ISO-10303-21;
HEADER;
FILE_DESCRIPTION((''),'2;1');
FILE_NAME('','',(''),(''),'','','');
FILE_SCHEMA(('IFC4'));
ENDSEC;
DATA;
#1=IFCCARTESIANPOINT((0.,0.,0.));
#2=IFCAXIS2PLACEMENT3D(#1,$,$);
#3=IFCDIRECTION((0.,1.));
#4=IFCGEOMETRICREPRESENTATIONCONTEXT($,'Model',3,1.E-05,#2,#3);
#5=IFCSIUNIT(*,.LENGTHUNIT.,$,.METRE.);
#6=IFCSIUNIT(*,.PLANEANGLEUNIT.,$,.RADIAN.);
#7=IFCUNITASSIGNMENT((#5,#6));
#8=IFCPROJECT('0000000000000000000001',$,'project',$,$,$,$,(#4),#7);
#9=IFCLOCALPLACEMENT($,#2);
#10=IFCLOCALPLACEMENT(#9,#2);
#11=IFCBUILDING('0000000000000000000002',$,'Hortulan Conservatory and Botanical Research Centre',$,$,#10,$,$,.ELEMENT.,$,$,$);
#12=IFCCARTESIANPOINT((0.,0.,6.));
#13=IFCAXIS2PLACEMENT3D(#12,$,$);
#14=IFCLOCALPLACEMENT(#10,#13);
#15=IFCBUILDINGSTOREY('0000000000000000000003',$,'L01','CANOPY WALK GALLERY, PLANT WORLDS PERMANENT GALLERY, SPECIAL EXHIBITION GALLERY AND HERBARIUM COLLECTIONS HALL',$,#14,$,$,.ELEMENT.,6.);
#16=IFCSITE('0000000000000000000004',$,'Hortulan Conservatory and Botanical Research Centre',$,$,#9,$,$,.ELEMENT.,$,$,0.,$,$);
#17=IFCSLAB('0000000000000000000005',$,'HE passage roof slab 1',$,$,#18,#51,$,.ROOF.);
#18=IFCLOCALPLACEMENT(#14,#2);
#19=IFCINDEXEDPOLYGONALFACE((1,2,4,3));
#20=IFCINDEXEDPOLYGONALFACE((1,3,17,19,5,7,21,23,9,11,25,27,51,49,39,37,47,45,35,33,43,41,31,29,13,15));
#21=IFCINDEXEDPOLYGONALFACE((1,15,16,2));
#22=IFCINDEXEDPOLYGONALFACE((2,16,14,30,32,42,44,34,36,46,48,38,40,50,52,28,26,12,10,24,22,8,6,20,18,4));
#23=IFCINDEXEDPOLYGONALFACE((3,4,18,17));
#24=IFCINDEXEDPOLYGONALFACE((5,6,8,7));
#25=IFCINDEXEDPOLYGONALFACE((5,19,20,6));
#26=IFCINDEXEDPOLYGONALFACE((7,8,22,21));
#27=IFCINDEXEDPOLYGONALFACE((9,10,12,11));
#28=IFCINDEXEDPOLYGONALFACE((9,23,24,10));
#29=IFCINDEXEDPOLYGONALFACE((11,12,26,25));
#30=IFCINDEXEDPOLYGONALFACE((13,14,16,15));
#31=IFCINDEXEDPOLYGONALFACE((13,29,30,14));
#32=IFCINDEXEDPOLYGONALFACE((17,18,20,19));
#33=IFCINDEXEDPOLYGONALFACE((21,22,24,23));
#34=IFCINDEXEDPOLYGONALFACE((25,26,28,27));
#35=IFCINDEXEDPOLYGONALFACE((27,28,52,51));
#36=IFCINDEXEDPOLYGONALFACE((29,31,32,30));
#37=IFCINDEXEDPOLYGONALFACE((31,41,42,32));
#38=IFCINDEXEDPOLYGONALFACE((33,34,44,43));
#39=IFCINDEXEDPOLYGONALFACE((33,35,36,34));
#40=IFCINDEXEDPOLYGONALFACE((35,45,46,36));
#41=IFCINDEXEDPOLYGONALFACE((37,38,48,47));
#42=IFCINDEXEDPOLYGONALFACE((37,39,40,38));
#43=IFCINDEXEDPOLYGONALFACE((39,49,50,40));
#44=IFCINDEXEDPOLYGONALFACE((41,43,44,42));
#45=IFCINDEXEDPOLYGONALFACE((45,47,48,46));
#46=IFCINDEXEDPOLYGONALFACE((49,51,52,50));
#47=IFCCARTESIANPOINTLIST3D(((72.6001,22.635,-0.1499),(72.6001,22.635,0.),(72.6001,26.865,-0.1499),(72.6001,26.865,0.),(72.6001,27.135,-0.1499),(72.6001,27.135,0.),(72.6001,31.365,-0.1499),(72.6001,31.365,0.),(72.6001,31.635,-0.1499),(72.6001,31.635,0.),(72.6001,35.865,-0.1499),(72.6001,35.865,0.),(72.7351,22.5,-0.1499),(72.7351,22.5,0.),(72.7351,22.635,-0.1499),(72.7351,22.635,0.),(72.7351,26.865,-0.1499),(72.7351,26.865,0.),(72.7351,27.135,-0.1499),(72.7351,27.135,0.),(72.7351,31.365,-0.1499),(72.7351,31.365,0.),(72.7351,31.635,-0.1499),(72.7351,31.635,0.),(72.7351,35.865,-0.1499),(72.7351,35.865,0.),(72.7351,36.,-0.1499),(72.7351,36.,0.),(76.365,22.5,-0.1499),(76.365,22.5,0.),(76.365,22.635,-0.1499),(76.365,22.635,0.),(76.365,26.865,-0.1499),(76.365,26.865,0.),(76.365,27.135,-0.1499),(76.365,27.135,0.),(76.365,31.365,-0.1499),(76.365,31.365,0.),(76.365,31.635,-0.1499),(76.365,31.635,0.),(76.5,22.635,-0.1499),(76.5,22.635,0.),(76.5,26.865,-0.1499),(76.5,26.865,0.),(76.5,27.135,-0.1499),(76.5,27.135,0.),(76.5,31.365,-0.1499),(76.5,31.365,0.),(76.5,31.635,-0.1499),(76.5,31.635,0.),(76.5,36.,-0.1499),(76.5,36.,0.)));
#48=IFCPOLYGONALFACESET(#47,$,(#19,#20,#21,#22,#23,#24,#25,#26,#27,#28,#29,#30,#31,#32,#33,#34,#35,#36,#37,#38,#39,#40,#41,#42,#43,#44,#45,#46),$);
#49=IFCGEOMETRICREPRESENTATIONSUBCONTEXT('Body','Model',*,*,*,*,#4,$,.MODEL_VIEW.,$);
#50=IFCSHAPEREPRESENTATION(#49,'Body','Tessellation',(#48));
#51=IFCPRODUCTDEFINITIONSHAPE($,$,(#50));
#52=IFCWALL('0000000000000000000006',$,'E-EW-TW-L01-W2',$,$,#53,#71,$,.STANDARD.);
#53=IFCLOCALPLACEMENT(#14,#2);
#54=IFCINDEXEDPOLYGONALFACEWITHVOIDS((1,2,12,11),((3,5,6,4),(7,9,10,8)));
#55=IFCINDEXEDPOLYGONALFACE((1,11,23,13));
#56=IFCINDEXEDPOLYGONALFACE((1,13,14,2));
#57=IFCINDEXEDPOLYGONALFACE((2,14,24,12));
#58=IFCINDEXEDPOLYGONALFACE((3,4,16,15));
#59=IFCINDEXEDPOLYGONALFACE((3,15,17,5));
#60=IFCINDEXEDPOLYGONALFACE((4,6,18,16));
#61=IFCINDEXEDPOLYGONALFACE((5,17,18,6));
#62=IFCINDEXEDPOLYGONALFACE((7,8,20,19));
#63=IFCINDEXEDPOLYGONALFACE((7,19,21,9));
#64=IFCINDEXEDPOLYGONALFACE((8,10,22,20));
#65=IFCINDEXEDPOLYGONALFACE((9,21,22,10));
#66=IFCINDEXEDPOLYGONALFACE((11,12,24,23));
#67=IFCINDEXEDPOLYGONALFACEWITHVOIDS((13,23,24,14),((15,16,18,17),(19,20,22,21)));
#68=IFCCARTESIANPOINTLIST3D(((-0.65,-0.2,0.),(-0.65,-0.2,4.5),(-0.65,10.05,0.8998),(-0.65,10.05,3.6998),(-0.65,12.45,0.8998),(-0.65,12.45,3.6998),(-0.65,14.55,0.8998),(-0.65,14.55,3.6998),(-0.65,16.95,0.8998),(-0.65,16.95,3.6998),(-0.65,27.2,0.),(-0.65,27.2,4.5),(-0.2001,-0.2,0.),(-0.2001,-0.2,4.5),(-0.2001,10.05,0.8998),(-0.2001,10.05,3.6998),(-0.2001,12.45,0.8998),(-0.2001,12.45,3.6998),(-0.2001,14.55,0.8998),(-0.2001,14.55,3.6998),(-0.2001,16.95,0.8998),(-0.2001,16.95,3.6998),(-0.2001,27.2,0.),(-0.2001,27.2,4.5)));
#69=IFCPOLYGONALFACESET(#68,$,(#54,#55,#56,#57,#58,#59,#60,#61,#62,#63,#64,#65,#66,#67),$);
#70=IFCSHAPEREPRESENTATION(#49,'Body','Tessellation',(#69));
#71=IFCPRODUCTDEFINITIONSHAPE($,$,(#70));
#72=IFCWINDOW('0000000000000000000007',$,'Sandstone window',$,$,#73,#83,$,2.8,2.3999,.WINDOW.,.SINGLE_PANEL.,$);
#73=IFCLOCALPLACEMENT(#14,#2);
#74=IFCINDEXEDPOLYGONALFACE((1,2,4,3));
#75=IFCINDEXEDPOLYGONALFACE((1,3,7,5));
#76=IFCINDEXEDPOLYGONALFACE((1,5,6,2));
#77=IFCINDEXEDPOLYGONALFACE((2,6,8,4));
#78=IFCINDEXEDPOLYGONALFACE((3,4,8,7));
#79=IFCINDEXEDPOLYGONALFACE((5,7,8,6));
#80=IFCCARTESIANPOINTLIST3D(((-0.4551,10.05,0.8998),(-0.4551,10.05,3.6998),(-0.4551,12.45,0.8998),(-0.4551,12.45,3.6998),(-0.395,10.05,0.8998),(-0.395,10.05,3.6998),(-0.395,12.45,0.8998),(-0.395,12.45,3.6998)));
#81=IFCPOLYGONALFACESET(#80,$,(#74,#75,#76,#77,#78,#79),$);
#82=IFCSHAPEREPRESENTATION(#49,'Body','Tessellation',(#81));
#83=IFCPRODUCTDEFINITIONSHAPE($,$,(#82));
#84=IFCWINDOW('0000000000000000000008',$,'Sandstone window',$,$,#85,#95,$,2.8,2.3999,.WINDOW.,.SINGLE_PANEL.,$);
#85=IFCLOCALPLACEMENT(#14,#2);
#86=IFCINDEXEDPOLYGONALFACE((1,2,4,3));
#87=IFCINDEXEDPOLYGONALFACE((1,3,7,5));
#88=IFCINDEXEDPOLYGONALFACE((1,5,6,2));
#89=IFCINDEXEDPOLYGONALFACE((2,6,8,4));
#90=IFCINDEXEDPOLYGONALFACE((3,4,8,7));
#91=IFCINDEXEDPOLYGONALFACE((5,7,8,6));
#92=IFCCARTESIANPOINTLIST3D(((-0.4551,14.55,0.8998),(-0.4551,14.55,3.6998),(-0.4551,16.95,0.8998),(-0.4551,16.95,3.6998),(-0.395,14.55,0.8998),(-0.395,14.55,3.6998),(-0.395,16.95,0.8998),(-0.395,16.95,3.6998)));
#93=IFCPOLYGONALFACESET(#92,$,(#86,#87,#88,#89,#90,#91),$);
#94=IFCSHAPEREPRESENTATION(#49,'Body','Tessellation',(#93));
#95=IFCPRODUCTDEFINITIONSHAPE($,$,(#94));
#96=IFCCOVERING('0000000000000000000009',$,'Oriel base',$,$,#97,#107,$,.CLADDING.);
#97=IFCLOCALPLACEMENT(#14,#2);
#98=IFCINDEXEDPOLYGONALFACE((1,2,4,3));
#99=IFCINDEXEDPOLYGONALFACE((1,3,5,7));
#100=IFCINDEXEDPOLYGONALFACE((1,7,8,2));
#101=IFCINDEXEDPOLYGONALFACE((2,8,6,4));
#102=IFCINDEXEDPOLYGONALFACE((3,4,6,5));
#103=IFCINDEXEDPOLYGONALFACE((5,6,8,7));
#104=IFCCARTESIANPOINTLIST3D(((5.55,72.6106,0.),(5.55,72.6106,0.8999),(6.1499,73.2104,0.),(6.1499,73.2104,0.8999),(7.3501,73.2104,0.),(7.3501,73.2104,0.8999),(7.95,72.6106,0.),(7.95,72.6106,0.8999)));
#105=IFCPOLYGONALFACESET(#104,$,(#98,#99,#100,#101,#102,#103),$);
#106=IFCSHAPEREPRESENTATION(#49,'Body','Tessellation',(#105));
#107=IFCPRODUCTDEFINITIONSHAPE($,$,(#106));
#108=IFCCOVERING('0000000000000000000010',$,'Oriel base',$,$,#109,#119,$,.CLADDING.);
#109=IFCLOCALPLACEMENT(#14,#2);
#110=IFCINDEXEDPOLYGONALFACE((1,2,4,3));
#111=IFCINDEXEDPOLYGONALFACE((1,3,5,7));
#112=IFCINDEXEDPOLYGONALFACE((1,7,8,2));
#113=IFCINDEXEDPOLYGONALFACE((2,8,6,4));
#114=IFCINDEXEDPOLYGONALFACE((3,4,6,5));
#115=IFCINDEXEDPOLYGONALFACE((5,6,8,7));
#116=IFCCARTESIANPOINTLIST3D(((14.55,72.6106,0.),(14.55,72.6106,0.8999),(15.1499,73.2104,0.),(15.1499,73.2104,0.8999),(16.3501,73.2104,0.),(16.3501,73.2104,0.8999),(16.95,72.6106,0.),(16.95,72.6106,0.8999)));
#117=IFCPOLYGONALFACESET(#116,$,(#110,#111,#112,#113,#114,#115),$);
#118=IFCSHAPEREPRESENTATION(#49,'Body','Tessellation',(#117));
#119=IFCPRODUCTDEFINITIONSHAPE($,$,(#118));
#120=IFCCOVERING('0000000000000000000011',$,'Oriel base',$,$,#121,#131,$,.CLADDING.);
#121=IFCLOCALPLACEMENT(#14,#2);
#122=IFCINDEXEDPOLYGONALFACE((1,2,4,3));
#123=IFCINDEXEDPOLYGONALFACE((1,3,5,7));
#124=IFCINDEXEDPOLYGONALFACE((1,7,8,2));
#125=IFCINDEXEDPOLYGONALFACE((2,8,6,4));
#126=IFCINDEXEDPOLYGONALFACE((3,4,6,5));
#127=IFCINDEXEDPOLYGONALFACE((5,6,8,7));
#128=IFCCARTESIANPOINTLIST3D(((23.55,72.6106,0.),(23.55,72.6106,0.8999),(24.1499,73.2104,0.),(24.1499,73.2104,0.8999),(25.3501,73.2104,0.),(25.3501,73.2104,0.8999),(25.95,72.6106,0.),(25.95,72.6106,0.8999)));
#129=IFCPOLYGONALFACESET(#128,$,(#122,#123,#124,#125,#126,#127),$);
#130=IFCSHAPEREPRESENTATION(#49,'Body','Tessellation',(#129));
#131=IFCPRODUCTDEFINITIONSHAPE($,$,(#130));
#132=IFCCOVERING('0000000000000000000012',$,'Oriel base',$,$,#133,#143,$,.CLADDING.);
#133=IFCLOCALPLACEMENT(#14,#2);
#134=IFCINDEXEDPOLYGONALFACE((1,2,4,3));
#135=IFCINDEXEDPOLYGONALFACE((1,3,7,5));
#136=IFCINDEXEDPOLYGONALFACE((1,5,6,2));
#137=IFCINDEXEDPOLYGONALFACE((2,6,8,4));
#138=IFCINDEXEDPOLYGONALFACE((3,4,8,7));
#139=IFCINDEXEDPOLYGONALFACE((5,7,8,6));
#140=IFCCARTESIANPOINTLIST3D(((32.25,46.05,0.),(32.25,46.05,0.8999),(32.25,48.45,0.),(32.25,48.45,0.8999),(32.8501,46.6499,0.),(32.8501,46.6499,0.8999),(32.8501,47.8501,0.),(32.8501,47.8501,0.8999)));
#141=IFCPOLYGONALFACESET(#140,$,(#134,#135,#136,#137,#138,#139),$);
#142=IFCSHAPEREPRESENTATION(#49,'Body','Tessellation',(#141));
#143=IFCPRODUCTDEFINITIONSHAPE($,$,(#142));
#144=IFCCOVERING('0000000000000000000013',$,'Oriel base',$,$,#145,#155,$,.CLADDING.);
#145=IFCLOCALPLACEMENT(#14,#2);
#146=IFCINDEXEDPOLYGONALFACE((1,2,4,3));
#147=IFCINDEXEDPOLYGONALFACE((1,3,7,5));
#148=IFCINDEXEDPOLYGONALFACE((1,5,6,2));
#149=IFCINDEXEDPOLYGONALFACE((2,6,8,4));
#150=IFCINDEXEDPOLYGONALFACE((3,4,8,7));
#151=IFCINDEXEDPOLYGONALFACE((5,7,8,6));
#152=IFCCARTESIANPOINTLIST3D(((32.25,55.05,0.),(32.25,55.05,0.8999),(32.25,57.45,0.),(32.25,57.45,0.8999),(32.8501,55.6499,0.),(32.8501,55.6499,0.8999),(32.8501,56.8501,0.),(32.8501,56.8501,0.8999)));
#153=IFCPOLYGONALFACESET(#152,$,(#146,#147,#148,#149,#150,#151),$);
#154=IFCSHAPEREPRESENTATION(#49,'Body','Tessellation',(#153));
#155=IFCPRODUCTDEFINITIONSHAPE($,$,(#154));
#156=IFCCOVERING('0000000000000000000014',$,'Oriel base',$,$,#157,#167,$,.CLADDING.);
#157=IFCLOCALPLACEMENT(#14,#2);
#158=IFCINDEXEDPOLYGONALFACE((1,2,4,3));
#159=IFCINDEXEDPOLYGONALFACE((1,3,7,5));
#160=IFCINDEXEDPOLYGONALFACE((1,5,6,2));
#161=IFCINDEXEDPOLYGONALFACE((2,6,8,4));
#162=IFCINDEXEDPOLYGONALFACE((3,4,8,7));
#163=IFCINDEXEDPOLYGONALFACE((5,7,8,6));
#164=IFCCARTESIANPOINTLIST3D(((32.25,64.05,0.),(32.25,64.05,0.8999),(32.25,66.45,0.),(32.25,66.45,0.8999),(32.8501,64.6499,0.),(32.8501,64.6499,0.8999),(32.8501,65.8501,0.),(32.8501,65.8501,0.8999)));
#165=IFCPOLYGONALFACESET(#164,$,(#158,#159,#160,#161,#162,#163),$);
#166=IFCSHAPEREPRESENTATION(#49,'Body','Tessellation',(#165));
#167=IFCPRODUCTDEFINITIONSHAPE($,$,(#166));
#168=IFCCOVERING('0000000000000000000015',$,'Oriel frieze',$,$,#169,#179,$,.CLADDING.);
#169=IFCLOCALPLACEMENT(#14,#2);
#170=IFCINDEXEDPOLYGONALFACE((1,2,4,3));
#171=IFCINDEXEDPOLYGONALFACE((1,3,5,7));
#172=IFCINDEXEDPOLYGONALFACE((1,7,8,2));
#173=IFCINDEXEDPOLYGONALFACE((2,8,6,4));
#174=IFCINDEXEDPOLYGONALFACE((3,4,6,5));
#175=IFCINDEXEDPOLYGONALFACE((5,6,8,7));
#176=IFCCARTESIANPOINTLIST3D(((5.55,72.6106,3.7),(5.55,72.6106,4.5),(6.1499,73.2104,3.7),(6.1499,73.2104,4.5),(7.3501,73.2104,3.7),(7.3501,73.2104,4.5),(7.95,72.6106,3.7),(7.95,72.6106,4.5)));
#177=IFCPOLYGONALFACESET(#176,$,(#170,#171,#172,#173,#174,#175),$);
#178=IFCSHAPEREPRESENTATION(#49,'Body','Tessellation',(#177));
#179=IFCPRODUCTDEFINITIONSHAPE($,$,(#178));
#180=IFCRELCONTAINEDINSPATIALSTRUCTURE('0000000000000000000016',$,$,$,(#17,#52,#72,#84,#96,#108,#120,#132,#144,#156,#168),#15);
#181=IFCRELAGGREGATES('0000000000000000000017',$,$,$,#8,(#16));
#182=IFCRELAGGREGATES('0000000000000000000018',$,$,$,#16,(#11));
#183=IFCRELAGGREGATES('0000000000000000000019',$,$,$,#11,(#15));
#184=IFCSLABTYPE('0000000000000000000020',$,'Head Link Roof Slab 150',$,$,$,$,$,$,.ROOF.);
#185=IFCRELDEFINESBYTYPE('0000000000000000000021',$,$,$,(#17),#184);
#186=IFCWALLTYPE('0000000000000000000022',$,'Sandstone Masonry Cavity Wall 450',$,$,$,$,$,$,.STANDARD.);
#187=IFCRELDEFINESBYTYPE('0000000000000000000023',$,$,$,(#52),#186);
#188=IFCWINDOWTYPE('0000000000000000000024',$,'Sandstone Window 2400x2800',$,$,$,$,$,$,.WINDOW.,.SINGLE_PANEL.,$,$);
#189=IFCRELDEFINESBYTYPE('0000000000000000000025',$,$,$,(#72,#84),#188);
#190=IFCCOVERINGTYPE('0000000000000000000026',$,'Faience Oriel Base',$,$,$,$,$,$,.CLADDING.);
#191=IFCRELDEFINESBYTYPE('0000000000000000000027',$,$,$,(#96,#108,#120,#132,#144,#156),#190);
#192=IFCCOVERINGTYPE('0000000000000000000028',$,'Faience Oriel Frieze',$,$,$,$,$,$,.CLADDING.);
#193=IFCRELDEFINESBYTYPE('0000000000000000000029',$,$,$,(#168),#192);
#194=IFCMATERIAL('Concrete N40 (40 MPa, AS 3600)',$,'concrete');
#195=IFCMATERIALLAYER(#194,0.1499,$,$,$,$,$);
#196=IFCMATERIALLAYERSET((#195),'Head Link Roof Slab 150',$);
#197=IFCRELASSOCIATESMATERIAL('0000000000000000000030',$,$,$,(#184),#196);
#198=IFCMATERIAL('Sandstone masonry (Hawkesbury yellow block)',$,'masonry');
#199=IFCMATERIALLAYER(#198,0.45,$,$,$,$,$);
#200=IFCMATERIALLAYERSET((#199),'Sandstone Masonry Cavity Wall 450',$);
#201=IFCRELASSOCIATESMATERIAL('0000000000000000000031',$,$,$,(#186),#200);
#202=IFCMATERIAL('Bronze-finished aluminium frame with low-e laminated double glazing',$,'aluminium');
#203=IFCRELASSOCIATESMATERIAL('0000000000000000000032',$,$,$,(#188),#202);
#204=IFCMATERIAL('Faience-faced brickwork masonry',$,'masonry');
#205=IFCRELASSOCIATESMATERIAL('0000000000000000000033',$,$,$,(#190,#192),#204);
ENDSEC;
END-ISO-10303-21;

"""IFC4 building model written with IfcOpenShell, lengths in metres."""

from ifc_helpers import new_model, si_unit, direction, frame, frame_2d, origin, place, context, subcontext, project, spatial, polyline, rectangle, outline, extrude, material, layer, layer_set, type_object, element, fill, save


model = new_model("IFC4")

# Units and contexts
model_context = context("Model", 3, precision=1e-05, world=origin(), true_north=direction((0.0, 1.0)))
body_context = subcontext(model_context, "Body", "Model", "MODEL_VIEW")
ifc_project = project(units=[si_unit("LENGTHUNIT", "METRE"), si_unit("PLANEANGLEUNIT", "RADIAN")], contexts=[model_context])

# Site, building, storey
site_placement = place(None, origin())
site = spatial("IfcSite", under=ifc_project, at=site_placement, Name="Hortulan Conservatory and Botanical Research Centre", CompositionType="ELEMENT", RefElevation=0.0)
building_placement = place(site_placement, origin())
building = spatial("IfcBuilding", under=site, at=building_placement, Name="Hortulan Conservatory and Botanical Research Centre", CompositionType="ELEMENT")
storey_placement = place(building_placement, frame((0.0, 0.0, 6.0)))
storey = spatial("IfcBuildingStorey", under=building, at=storey_placement, Name="L01", Description="CANOPY WALK GALLERY, PLANT WORLDS PERMANENT GALLERY, SPECIAL EXHIBITION GALLERY AND HERBARIUM COLLECTIONS HALL", CompositionType="ELEMENT", Elevation=6.0)

# Slab
ifc_material_1 = material(Name="Concrete N40 (40 MPa, AS 3600)", Category="concrete")
ifc_layer_1 = layer(ifc_material_1, 0.1499)
ifc_layer_set_1 = layer_set([ifc_layer_1], Name="Head Link Roof Slab 150")
slab_type_1 = type_object("IfcSlabType", Name="Head Link Roof Slab 150", PredefinedType="ROOF", material=ifc_layer_set_1)
slab_1_placement = place(storey_placement, frame((0.0, 0.0, -0.1499)))
element("IfcSlab", 1, at=slab_1_placement, inside=storey, type_object=slab_type_1, Name="HE passage roof slab 1", PredefinedType="ROOF", context=body_context, shape_type="SweptSolid", body=[
    extrude(outline(polyline([(76.5, 22.635), (76.365, 22.635), (76.365, 22.5), (72.7351, 22.5), (72.7351, 22.635), (72.6001, 22.635), (72.6001, 26.865), (72.7351, 26.865), (72.7351, 27.135), (72.6001, 27.135), (72.6001, 31.365), (72.7351, 31.365), (72.7351, 31.635), (72.6001, 31.635), (72.6001, 35.865), (72.7351, 35.865), (72.7351, 36.0), (76.5, 36.0), (76.5, 31.635), (76.365, 31.635), (76.365, 31.365), (76.5, 31.365), (76.5, 27.135), (76.365, 27.135), (76.365, 26.865), (76.5, 26.865), (76.5, 22.635)])), origin(), (0.0, 0.0, 1.0), 0.1499),
])

# Wall, openings, windows
ifc_material_2 = material(Name="Sandstone masonry (Hawkesbury yellow block)", Category="masonry")
ifc_layer_2 = layer(ifc_material_2, 0.45)
ifc_layer_set_2 = layer_set([ifc_layer_2], Name="Sandstone Masonry Cavity Wall 450")
wall_type = type_object("IfcWallType", Name="Sandstone Masonry Cavity Wall 450", PredefinedType="STANDARD", material=ifc_layer_set_2)
wall_placement = place(storey_placement, frame((-0.425, -0.2, 0.0), z_axis=(0.0, 0.0, 1.0), x_axis=(0.0, 1.0, 0.0)))
wall = element("IfcWall", 2, at=wall_placement, inside=storey, type_object=wall_type, Name="E-EW-TW-L01-W2", PredefinedType="STANDARD", context=body_context, shape_type="SweptSolid", body=[
    extrude(rectangle(XDim=27.3999, YDim=0.45, at=frame_2d((13.7, 0.0))), origin(), (0.0, 0.0, 1.0), 4.5),
])
opening_1_placement = place(wall_placement, frame((10.25, 0.0, 0.8999)))
opening_1 = element("IfcOpeningElement", 3, at=opening_1_placement, cuts=wall, PredefinedType="OPENING", context=body_context, shape_type="SweptSolid", body=[
    extrude(rectangle(XDim=2.3999, YDim=2.8, at=frame_2d((1.2, 1.3999))), frame((0.0, 0.2349, 0.0), z_axis=(0.0, -1.0, 0.0), x_axis=(1.0, 0.0, 0.0)), (0.0, 0.0, 1.0), 0.47),
])
opening_2_placement = place(wall_placement, frame((14.75, 0.0, 0.8999)))
opening_2 = element("IfcOpeningElement", 4, at=opening_2_placement, cuts=wall, PredefinedType="OPENING", context=body_context, shape_type="SweptSolid", body=[
    extrude(rectangle(XDim=2.3999, YDim=2.8, at=frame_2d((1.2, 1.3999))), frame((0.0, 0.2349, 0.0), z_axis=(0.0, -1.0, 0.0), x_axis=(1.0, 0.0, 0.0)), (0.0, 0.0, 1.0), 0.47),
])
ifc_material_3 = material(Name="Bronze-finished aluminium frame with low-e laminated double glazing", Category="aluminium")
window_type = type_object("IfcWindowType", Name="Sandstone Window 2400x2800", PartitioningType="SINGLE_PANEL", PredefinedType="WINDOW", material=ifc_material_3)
window_1_placement = place(opening_1_placement, origin())
window_1 = element("IfcWindow", 5, at=window_1_placement, inside=storey, type_object=window_type, Name="Sandstone window", OverallHeight=2.8, OverallWidth=2.3999, PartitioningType="SINGLE_PANEL", PredefinedType="WINDOW", context=body_context, shape_type="SweptSolid", body=[
    extrude(rectangle(XDim=2.3999, YDim=2.8, at=frame_2d((1.2, 1.3999))), frame((0.0, 0.03, 0.0), z_axis=(0.0, -1.0, 0.0), x_axis=(1.0, 0.0, 0.0)), (0.0, 0.0, 1.0), 0.0601),
])
fill(opening_1, window_1)
window_2_placement = place(opening_2_placement, origin())
window_2 = element("IfcWindow", 6, at=window_2_placement, inside=storey, type_object=window_type, Name="Sandstone window", OverallHeight=2.8, OverallWidth=2.3999, PartitioningType="SINGLE_PANEL", PredefinedType="WINDOW", context=body_context, shape_type="SweptSolid", body=[
    extrude(rectangle(XDim=2.3999, YDim=2.8, at=frame_2d((1.2, 1.3999))), frame((0.0, 0.03, 0.0), z_axis=(0.0, -1.0, 0.0), x_axis=(1.0, 0.0, 0.0)), (0.0, 0.0, 1.0), 0.0601),
])
fill(opening_2, window_2)

# Coverings
ifc_material_4 = material(Name="Faience-faced brickwork masonry", Category="masonry")
covering_type_1 = type_object("IfcCoveringType", Name="Faience Oriel Base", PredefinedType="CLADDING", material=ifc_material_4)
covering_1_placement = place(storey_placement, origin())
element("IfcCovering", 7, at=covering_1_placement, inside=storey, type_object=covering_type_1, Name="Oriel base", PredefinedType="CLADDING", context=body_context, shape_type="SweptSolid", body=[
    extrude(outline(polyline([(5.55, 72.6106), (6.1499, 73.2104), (7.3501, 73.2104), (7.95, 72.6106), (5.55, 72.6106)])), origin(), (0.0, 0.0, 1.0), 0.8999),
])
covering_2_placement = place(storey_placement, origin())
element("IfcCovering", 8, at=covering_2_placement, inside=storey, type_object=covering_type_1, Name="Oriel base", PredefinedType="CLADDING", context=body_context, shape_type="SweptSolid", body=[
    extrude(outline(polyline([(14.55, 72.6106), (15.1499, 73.2104), (16.3501, 73.2104), (16.95, 72.6106), (14.55, 72.6106)])), origin(), (0.0, 0.0, 1.0), 0.8999),
])
covering_3_placement = place(storey_placement, origin())
element("IfcCovering", 9, at=covering_3_placement, inside=storey, type_object=covering_type_1, Name="Oriel base", PredefinedType="CLADDING", context=body_context, shape_type="SweptSolid", body=[
    extrude(outline(polyline([(23.55, 72.6106), (24.1499, 73.2104), (25.3501, 73.2104), (25.95, 72.6106), (23.55, 72.6106)])), origin(), (0.0, 0.0, 1.0), 0.8999),
])
covering_4_placement = place(storey_placement, origin())
element("IfcCovering", 10, at=covering_4_placement, inside=storey, type_object=covering_type_1, Name="Oriel base", PredefinedType="CLADDING", context=body_context, shape_type="SweptSolid", body=[
    extrude(outline(polyline([(32.25, 48.45), (32.8501, 47.8501), (32.8501, 46.6499), (32.25, 46.05), (32.25, 48.45)])), origin(), (0.0, 0.0, 1.0), 0.8999),
])
covering_5_placement = place(storey_placement, origin())
element("IfcCovering", 11, at=covering_5_placement, inside=storey, type_object=covering_type_1, Name="Oriel base", PredefinedType="CLADDING", context=body_context, shape_type="SweptSolid", body=[
    extrude(outline(polyline([(32.25, 57.45), (32.8501, 56.8501), (32.8501, 55.6499), (32.25, 55.05), (32.25, 57.45)])), origin(), (0.0, 0.0, 1.0), 0.8999),
])
covering_6_placement = place(storey_placement, origin())
element("IfcCovering", 12, at=covering_6_placement, inside=storey, type_object=covering_type_1, Name="Oriel base", PredefinedType="CLADDING", context=body_context, shape_type="SweptSolid", body=[
    extrude(outline(polyline([(32.25, 66.45), (32.8501, 65.8501), (32.8501, 64.6499), (32.25, 64.05), (32.25, 66.45)])), origin(), (0.0, 0.0, 1.0), 0.8999),
])
covering_type_2 = type_object("IfcCoveringType", Name="Faience Oriel Frieze", PredefinedType="CLADDING", material=ifc_material_4)
covering_7_placement = place(storey_placement, frame((0.0, 0.0, 3.7)))
element("IfcCovering", 13, at=covering_7_placement, inside=storey, type_object=covering_type_2, Name="Oriel frieze", PredefinedType="CLADDING", context=body_context, shape_type="SweptSolid", body=[
    extrude(outline(polyline([(5.55, 72.6106), (6.1499, 73.2104), (7.3501, 73.2104), (7.95, 72.6106), (5.55, 72.6106)])), origin(), (0.0, 0.0, 1.0), 0.8),
])

save(model, "model.ifc")
